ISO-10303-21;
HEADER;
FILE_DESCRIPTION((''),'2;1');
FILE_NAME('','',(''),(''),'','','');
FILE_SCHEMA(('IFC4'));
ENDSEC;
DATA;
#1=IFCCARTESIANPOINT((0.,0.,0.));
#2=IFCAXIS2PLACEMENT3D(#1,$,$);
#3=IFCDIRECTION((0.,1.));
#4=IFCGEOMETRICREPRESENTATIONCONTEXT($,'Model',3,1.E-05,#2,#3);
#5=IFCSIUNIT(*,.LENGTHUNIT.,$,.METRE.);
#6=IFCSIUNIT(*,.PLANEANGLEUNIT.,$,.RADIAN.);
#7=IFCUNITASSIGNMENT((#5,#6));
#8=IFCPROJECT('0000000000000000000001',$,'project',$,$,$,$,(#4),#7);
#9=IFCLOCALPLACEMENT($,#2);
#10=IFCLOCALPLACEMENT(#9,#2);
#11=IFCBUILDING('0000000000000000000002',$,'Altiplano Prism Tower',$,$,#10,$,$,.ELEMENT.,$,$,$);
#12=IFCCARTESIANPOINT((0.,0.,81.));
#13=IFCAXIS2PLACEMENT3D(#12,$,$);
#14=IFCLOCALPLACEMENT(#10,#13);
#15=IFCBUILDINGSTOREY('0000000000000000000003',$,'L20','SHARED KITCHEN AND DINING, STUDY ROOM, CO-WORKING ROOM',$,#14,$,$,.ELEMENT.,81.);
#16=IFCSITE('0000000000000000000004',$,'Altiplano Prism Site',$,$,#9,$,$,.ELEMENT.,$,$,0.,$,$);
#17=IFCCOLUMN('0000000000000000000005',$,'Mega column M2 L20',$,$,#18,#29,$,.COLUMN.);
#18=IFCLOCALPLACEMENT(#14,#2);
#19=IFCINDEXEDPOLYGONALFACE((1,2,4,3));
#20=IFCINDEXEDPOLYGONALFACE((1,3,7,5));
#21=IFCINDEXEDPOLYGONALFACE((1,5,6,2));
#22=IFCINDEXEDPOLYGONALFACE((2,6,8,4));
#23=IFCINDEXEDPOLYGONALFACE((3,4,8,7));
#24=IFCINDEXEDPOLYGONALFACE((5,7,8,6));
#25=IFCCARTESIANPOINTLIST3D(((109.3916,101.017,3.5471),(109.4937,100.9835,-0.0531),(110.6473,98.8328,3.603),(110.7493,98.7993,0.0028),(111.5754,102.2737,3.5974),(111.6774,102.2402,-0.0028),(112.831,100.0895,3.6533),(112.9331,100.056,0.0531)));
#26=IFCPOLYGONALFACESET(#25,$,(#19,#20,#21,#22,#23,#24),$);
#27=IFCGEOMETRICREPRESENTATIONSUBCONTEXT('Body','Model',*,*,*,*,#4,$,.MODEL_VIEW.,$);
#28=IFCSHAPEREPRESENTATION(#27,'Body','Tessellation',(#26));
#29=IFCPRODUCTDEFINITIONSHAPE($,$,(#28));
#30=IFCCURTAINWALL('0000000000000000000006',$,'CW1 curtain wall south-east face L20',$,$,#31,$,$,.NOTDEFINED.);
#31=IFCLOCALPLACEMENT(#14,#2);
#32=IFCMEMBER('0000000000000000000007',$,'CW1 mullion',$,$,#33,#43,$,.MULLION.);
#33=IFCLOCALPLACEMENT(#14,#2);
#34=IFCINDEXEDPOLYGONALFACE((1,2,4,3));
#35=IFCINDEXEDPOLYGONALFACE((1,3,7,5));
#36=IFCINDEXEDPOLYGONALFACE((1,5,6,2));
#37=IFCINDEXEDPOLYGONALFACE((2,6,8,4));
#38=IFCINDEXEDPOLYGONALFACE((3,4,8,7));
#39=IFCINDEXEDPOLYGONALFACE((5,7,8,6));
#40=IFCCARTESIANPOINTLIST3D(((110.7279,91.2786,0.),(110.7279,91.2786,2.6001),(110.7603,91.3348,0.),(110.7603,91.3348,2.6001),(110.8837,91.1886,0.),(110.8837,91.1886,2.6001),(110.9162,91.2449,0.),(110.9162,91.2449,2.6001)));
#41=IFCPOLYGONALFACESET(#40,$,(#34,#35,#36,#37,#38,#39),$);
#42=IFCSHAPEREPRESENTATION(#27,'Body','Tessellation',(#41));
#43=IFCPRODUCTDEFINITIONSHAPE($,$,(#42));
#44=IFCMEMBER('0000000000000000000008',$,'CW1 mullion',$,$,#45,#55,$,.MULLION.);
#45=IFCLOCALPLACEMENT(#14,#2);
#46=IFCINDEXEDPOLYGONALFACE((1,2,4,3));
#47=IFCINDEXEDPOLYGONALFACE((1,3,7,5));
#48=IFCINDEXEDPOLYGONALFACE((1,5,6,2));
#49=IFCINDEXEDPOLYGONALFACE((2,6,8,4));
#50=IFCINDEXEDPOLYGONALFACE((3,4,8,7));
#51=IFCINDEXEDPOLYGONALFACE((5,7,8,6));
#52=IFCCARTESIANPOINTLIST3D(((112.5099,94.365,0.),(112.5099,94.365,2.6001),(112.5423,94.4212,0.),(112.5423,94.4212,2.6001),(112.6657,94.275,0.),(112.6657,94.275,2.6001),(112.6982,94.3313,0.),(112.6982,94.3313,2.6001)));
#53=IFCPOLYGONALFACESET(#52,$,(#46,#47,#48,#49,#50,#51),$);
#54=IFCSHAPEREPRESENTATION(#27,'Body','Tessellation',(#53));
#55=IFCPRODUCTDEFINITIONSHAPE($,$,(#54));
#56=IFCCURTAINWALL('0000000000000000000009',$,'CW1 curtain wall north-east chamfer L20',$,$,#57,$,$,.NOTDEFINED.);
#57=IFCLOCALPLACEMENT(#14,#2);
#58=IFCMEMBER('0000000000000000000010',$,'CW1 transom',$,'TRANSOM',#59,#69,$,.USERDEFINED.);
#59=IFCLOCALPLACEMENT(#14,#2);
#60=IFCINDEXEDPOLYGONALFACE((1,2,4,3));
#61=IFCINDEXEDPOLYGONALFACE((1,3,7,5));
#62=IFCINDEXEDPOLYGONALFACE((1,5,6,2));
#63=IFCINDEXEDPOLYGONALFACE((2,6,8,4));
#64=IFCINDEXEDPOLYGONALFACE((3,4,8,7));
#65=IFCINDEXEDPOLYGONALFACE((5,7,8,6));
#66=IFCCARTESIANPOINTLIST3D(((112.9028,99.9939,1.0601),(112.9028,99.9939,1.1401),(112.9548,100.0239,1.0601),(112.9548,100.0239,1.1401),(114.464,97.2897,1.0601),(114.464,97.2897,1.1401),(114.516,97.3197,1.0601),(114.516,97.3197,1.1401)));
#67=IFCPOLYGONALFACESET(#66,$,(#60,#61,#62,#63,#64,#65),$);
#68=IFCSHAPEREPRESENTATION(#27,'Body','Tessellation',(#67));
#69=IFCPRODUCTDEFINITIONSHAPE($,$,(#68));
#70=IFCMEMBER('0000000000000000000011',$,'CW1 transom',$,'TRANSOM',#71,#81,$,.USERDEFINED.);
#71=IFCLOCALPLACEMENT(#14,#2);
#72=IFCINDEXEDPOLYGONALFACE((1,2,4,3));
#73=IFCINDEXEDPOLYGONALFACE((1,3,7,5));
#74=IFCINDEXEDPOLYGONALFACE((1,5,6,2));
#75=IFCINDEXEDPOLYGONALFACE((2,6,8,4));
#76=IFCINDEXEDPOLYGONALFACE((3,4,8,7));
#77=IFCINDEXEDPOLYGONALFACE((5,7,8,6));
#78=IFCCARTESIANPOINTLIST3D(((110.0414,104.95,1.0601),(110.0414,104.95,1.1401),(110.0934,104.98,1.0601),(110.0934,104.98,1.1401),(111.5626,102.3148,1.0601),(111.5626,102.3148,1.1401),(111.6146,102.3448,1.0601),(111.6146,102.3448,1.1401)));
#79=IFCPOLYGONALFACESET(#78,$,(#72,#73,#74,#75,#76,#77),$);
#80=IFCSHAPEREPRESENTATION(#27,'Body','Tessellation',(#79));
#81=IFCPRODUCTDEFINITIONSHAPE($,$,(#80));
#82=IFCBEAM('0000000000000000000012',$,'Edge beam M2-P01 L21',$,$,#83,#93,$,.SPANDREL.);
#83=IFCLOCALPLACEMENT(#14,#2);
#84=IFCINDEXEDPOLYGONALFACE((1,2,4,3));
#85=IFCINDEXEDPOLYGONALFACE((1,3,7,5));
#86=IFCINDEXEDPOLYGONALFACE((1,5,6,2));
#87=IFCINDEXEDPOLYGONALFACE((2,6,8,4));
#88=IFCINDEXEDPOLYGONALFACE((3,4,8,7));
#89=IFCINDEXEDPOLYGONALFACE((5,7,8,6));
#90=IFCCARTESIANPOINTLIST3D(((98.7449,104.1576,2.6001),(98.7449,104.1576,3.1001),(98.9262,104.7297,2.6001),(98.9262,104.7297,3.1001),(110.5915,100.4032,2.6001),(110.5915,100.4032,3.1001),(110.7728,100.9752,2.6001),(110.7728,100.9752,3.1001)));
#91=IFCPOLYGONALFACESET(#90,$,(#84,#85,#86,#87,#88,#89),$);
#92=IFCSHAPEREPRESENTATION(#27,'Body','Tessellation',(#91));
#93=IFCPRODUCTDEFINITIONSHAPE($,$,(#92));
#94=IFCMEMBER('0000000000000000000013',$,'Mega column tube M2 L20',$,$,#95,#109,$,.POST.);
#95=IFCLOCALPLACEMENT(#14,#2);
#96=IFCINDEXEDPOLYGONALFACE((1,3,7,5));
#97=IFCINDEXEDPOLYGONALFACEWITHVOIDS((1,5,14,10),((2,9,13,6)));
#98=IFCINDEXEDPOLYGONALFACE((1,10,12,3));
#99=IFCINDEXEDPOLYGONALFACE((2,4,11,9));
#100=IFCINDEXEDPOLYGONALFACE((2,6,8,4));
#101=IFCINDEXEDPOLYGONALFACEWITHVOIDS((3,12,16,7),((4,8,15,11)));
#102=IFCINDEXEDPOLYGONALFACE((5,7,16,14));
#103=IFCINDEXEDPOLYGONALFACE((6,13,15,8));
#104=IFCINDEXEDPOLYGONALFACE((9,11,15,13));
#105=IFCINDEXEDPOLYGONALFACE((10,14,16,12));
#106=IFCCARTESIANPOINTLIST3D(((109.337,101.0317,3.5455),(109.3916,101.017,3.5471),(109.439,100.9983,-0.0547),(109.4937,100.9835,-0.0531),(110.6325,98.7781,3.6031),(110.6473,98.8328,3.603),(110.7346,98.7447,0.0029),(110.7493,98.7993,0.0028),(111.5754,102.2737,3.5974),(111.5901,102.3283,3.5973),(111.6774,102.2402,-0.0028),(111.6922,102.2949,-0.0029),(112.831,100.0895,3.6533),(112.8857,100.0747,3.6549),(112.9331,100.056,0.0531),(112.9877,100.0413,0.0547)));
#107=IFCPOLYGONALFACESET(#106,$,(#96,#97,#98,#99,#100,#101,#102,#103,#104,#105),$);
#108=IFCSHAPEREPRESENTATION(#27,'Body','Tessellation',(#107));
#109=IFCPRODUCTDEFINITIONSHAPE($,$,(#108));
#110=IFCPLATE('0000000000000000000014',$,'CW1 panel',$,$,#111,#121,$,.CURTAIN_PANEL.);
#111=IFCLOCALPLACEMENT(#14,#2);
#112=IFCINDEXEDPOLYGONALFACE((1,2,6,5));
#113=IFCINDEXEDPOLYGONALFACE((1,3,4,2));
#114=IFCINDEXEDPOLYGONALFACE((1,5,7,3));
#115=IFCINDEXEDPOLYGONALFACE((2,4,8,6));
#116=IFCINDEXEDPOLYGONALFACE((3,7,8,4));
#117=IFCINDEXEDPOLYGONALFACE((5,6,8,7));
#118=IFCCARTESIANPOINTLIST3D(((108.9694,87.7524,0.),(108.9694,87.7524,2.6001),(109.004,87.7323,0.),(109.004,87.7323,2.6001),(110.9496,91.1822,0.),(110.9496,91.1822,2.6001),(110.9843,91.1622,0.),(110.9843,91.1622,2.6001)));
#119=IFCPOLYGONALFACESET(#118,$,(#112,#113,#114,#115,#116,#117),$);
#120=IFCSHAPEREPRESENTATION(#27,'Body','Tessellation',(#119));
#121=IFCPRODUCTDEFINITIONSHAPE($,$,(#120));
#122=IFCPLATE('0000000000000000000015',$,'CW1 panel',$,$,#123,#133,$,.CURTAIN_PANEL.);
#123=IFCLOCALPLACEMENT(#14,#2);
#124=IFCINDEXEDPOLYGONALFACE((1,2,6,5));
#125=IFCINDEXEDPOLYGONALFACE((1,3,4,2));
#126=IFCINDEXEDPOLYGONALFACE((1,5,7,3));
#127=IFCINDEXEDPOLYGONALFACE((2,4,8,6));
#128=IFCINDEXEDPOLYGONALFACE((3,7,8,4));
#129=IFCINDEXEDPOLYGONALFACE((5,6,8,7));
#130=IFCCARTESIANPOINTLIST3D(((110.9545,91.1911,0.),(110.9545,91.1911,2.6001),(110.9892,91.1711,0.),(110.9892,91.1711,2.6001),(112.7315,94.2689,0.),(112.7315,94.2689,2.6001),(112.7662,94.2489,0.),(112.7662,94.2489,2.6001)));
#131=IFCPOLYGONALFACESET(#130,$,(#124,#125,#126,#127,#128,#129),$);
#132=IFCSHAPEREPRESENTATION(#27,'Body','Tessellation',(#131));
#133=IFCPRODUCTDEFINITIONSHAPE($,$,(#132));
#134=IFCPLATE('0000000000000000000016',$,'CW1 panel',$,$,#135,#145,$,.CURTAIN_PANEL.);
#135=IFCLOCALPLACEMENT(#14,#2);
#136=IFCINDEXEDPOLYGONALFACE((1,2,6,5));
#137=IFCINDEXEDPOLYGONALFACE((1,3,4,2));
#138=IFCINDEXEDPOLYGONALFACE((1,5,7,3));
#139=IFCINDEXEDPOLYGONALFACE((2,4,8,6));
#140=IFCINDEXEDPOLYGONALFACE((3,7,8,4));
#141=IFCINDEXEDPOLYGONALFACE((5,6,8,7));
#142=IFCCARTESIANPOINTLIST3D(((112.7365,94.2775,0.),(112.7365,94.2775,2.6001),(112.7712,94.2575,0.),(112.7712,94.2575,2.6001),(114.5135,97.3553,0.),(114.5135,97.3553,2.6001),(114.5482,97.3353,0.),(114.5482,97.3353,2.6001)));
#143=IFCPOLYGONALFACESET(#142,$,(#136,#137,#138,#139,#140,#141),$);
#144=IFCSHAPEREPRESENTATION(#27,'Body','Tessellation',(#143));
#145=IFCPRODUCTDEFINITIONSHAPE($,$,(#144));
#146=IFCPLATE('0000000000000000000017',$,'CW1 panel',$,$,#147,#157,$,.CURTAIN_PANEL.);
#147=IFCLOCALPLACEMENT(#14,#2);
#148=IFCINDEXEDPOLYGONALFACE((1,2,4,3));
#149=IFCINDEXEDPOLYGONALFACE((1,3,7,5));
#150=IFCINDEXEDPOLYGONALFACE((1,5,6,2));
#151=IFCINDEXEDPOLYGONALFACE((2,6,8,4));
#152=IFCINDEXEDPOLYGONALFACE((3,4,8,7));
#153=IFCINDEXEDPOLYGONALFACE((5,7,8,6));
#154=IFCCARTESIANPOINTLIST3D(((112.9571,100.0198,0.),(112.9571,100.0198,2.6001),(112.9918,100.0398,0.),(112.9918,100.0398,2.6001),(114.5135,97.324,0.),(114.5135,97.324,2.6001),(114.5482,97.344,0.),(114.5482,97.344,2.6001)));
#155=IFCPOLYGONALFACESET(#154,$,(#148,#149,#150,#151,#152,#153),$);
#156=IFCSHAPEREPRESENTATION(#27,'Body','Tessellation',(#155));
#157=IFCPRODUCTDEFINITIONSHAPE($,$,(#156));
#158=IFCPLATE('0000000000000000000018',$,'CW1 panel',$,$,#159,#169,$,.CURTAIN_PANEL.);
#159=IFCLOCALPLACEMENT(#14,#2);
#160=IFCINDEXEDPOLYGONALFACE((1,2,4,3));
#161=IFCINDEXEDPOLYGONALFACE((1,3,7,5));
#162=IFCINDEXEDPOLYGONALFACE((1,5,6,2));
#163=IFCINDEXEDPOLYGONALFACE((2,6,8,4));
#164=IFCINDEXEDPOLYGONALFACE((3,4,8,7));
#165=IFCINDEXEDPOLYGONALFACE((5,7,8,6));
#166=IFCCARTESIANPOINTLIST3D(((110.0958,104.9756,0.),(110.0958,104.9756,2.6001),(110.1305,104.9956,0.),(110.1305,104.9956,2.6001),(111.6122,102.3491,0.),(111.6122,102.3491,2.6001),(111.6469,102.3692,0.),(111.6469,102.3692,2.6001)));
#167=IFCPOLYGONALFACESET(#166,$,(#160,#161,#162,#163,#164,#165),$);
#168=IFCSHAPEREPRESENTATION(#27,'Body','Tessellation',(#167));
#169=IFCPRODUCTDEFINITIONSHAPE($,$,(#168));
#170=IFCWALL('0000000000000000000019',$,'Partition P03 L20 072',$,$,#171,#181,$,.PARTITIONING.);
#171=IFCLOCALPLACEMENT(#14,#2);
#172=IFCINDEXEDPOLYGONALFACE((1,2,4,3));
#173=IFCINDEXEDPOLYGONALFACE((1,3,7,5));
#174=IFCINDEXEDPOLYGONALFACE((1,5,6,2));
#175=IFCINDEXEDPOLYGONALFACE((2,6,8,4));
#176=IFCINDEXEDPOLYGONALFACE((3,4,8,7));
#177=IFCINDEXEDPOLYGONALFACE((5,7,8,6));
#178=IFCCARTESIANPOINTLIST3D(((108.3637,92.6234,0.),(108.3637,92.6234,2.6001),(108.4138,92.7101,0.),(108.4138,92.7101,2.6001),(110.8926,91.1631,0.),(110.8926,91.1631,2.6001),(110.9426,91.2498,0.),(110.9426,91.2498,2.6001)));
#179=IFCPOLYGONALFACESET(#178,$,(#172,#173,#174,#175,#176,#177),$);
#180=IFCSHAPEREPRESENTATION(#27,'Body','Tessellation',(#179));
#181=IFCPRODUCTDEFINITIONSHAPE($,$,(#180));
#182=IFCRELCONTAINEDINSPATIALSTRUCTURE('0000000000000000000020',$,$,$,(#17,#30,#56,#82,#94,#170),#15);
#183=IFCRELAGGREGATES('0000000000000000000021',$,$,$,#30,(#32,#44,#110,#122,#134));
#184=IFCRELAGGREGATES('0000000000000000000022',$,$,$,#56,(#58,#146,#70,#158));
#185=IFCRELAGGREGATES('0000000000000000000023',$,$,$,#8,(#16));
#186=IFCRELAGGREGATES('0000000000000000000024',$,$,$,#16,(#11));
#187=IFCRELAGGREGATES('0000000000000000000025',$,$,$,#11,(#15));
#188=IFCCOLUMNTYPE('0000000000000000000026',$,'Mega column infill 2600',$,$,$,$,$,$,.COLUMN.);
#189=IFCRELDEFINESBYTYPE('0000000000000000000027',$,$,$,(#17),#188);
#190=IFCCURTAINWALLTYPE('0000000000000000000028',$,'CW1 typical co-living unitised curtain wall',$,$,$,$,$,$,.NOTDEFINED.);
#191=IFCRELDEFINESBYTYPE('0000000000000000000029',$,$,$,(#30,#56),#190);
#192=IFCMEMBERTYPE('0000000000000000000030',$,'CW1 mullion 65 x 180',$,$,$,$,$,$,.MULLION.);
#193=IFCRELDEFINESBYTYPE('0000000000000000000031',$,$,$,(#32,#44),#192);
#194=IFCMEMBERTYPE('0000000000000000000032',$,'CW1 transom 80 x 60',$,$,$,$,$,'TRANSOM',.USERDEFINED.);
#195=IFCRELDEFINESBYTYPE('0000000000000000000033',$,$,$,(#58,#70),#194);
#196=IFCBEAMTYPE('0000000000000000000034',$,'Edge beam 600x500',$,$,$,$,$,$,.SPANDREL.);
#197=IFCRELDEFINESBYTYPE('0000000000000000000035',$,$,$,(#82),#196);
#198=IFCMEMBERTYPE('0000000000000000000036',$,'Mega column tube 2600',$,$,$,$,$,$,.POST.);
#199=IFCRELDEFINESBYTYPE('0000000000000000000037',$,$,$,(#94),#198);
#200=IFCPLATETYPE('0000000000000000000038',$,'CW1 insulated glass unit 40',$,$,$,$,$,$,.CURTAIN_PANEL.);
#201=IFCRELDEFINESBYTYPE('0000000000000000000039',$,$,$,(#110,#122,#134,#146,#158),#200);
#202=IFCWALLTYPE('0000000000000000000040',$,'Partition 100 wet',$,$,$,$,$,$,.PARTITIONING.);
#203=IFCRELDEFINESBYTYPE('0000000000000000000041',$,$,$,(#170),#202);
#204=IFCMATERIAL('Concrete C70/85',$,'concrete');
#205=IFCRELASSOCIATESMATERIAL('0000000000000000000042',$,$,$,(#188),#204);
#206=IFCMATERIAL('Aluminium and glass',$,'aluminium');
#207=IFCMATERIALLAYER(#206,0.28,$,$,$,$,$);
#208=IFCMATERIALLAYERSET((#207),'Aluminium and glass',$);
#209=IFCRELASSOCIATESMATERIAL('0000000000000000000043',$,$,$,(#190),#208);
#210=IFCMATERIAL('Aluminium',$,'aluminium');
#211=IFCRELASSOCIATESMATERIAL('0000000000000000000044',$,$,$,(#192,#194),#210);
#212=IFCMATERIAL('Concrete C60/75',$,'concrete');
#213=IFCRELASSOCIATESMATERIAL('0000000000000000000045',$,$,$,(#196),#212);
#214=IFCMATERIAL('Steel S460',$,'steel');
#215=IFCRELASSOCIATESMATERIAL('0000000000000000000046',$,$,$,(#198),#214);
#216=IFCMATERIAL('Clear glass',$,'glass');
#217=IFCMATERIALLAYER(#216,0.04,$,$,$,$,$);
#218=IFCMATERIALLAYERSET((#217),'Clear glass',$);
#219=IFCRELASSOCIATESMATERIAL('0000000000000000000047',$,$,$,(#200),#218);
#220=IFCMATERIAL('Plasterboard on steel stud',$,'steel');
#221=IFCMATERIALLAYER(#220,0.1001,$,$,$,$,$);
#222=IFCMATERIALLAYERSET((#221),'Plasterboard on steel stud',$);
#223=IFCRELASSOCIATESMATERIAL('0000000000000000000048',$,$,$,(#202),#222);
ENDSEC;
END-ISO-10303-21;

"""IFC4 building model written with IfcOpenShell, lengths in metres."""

from ifc_helpers import new_model, si_unit, direction, frame, frame_2d, origin, origin_2d, place, context, subcontext, project, spatial, rectangle, hollow_rectangle, extrude, material, layer, layer_set, material_profile, profile_set, type_object, element, aggregate, save


model = new_model("IFC4")

# Units and contexts
model_context = context("Model", 3, precision=1e-05, world=origin(), true_north=direction((0.0, 1.0)))
body_context = subcontext(model_context, "Body", "Model", "MODEL_VIEW")
ifc_project = project(units=[si_unit("LENGTHUNIT", "METRE"), si_unit("PLANEANGLEUNIT", "RADIAN")], contexts=[model_context])

# Site, building, storey
site_placement = place(None, origin())
site = spatial("IfcSite", under=ifc_project, at=site_placement, Name="Altiplano Prism Site", CompositionType="ELEMENT", RefElevation=0.0)
building_placement = place(site_placement, origin())
building = spatial("IfcBuilding", under=site, at=building_placement, Name="Altiplano Prism Tower", CompositionType="ELEMENT")
storey_placement = place(building_placement, frame((0.0, 0.0, 81.0)))
storey = spatial("IfcBuildingStorey", under=building, at=storey_placement, Name="L20", Description="SHARED KITCHEN AND DINING, STUDY ROOM, CO-WORKING ROOM", CompositionType="ELEMENT", Elevation=81.0)

# Column
ifc_material_1 = material(Name="Concrete C70/85", Category="concrete")
ifc_material_profile_1 = material_profile(ifc_material_1, rectangle(XDim=2.52, YDim=2.52, at=origin_2d()), Name="Mega column infill 2600")
ifc_profile_set_1 = profile_set([ifc_material_profile_1], Name="Concrete C70/85")
column_type = type_object("IfcColumnType", Name="Mega column infill 2600", PredefinedType="COLUMN", material=ifc_profile_set_1)
column_placement = place(storey_placement, frame((111.2134, 100.5198, 0.0), z_axis=(-0.028334, 0.009287, 0.999555), x_axis=(0.498275, -0.866735, 0.022177)))
element("IfcColumn", 1, at=column_placement, inside=storey, type_object=column_type, Name="Mega column M2 L20", PredefinedType="COLUMN", context=body_context, shape_type="SweptSolid", body=[
    extrude(rectangle(XDim=2.52, YDim=2.52, at=origin_2d()), origin(), (0.0, 0.0, 1.0), 3.6018),
])

# Curtain walls, members
ifc_material_2 = material(Name="Aluminium and glass", Category="aluminium")
ifc_layer_1 = layer(ifc_material_2, 0.28)
ifc_layer_set_1 = layer_set([ifc_layer_1], Name="Aluminium and glass")
curtain_wall_type = type_object("IfcCurtainWallType", Name="CW1 typical co-living unitised curtain wall", PredefinedType="NOTDEFINED", material=ifc_layer_set_1)
curtain_wall_1_placement = place(storey_placement, origin())
curtain_wall_1 = element("IfcCurtainWall", 2, at=curtain_wall_1_placement, inside=storey, type_object=curtain_wall_type, Name="CW1 curtain wall south-east face L20", PredefinedType="NOTDEFINED")
ifc_material_3 = material(Name="Aluminium", Category="aluminium")
ifc_material_profile_2 = material_profile(ifc_material_3, rectangle(XDim=0.1799, YDim=0.0649, at=origin_2d()), Name="CW1 mullion 65 x 180")
ifc_profile_set_2 = profile_set([ifc_material_profile_2], Name="Aluminium")
member_type_1 = type_object("IfcMemberType", Name="CW1 mullion 65 x 180", PredefinedType="MULLION", material=ifc_profile_set_2)
member_1_placement = place(storey_placement, frame((110.822, 91.2617, 0.0), z_axis=(0.0, 0.0, 1.0), x_axis=(-0.866025, 0.5, 0.0)))
member_1 = element("IfcMember", 3, at=member_1_placement, type_object=member_type_1, Name="CW1 mullion", PredefinedType="MULLION", context=body_context, shape_type="SweptSolid", body=[
    extrude(rectangle(XDim=0.1799, YDim=0.0649, at=origin_2d()), origin(), (0.0, 0.0, 1.0), 2.6001),
])
member_2_placement = place(storey_placement, frame((112.604, 94.3481, 0.0), z_axis=(0.0, 0.0, 1.0), x_axis=(-0.866025, 0.5, 0.0)))
member_2 = element("IfcMember", 4, at=member_2_placement, type_object=member_type_1, Name="CW1 mullion", PredefinedType="MULLION", context=body_context, shape_type="SweptSolid", body=[
    extrude(rectangle(XDim=0.1799, YDim=0.0649, at=origin_2d()), origin(), (0.0, 0.0, 1.0), 2.6001),
])
curtain_wall_2_placement = place(storey_placement, origin())
curtain_wall_2 = element("IfcCurtainWall", 5, at=curtain_wall_2_placement, inside=storey, type_object=curtain_wall_type, Name="CW1 curtain wall north-east chamfer L20", PredefinedType="NOTDEFINED")
ifc_material_profile_3 = material_profile(ifc_material_3, rectangle(XDim=0.0601, YDim=0.0801, at=origin_2d()), Name="CW1 transom 80 x 60")
ifc_profile_set_3 = profile_set([ifc_material_profile_3], Name="Aluminium")
member_type_2 = type_object("IfcMemberType", Name="CW1 transom 80 x 60", ElementType="TRANSOM", PredefinedType="USERDEFINED", material=ifc_profile_set_3)
member_3_placement = place(storey_placement, frame((114.49, 97.3047, 1.1001), z_axis=(-0.499982, 0.866036, 0.0), x_axis=(-0.866036, -0.499982, 0.0)))
member_3 = element("IfcMember", 6, at=member_3_placement, type_object=member_type_2, Name="CW1 transom", ObjectType="TRANSOM", PredefinedType="USERDEFINED", context=body_context, shape_type="SweptSolid", body=[
    extrude(rectangle(XDim=0.0601, YDim=0.0801, at=origin_2d()), origin(), (0.0, 0.0, 1.0), 3.1226),
])
member_4_placement = place(storey_placement, frame((111.5886, 102.3298, 1.1001), z_axis=(-0.499945, 0.866057, 0.0), x_axis=(-0.866057, -0.499945, 0.0)))
member_4 = element("IfcMember", 7, at=member_4_placement, type_object=member_type_2, Name="CW1 transom", ObjectType="TRANSOM", PredefinedType="USERDEFINED", context=body_context, shape_type="SweptSolid", body=[
    extrude(rectangle(XDim=0.0601, YDim=0.0801, at=origin_2d()), origin(), (0.0, 0.0, 1.0), 3.0427),
])

# Beam
ifc_material_4 = material(Name="Concrete C60/75", Category="concrete")
ifc_material_profile_4 = material_profile(ifc_material_4, rectangle(XDim=0.6001, YDim=0.5, at=origin_2d()), Name="Edge beam 600x500")
ifc_profile_set_4 = profile_set([ifc_material_profile_4], Name="Concrete C60/75")
beam_type = type_object("IfcBeamType", Name="Edge beam 600x500", PredefinedType="SPANDREL", material=ifc_profile_set_4)
beam_placement = place(storey_placement, frame((110.6821, 100.6892, 2.8501), z_axis=(-0.953272, 0.302113, 0.0), x_axis=(-0.302113, -0.953272, 0.0)))
element("IfcBeam", 8, at=beam_placement, inside=storey, type_object=beam_type, Name="Edge beam M2-P01 L21", PredefinedType="SPANDREL", context=body_context, shape_type="SweptSolid", body=[
    extrude(rectangle(XDim=0.6001, YDim=0.5, at=origin_2d()), origin(), (0.0, 0.0, 1.0), 12.4272),
])

# Member
ifc_material_5 = material(Name="Steel S460", Category="steel")
ifc_material_profile_5 = material_profile(ifc_material_5, hollow_rectangle(XDim=2.6001, YDim=2.6001, WallThickness=0.04, at=origin_2d()), Name="Mega column tube 2600")
ifc_profile_set_5 = profile_set([ifc_material_profile_5], Name="Steel S460")
member_type_3 = type_object("IfcMemberType", Name="Mega column tube 2600", PredefinedType="POST", material=ifc_profile_set_5)
member_5_placement = place(storey_placement, frame((111.2134, 100.5198, 0.0), z_axis=(-0.028334, 0.009287, 0.999555), x_axis=(0.498275, -0.866735, 0.022177)))
element("IfcMember", 9, at=member_5_placement, inside=storey, type_object=member_type_3, Name="Mega column tube M2 L20", PredefinedType="POST", context=body_context, shape_type="SweptSolid", body=[
    extrude(hollow_rectangle(XDim=2.6001, YDim=2.6001, WallThickness=0.04, at=origin_2d()), origin(), (0.0, 0.0, 1.0), 3.6018),
])

# Plates
ifc_material_6 = material(Name="Clear glass", Category="glass")
ifc_layer_2 = layer(ifc_material_6, 0.04)
ifc_layer_set_2 = layer_set([ifc_layer_2], Name="Clear glass")
plate_type = type_object("IfcPlateType", Name="CW1 insulated glass unit 40", PredefinedType="CURTAIN_PANEL", material=ifc_layer_set_2)
plate_1_placement = place(storey_placement, frame((109.9768, 89.4573, 0.0), z_axis=(0.0, 0.0, 1.0), x_axis=(0.5, 0.866025, 0.0)))
plate_1 = element("IfcPlate", 10, at=plate_1_placement, type_object=plate_type, Name="CW1 panel", PredefinedType="CURTAIN_PANEL", context=body_context, shape_type="SweptSolid", body=[
    extrude(rectangle(XDim=3.9604, YDim=0.04, at=origin_2d()), origin(), (0.0, 0.0, 1.0), 2.6001),
])
plate_2_placement = place(storey_placement, frame((111.8604, 92.72, 0.0), z_axis=(0.0, 0.0, 1.0), x_axis=(0.5, 0.866025, 0.0)))
plate_2 = element("IfcPlate", 11, at=plate_2_placement, type_object=plate_type, Name="CW1 panel", PredefinedType="CURTAIN_PANEL", context=body_context, shape_type="SweptSolid", body=[
    extrude(rectangle(XDim=3.554, YDim=0.04, at=origin_2d()), origin(), (0.0, 0.0, 1.0), 2.6001),
])
plate_3_placement = place(storey_placement, frame((113.6423, 95.8064, 0.0), z_axis=(0.0, 0.0, 1.0), x_axis=(0.5, 0.866025, 0.0)))
plate_3 = element("IfcPlate", 12, at=plate_3_placement, type_object=plate_type, Name="CW1 panel", PredefinedType="CURTAIN_PANEL", context=body_context, shape_type="SweptSolid", body=[
    extrude(rectangle(XDim=3.554, YDim=0.04, at=origin_2d()), origin(), (0.0, 0.0, 1.0), 2.6001),
])
aggregate(curtain_wall_1, [member_1, member_2, plate_1, plate_2, plate_3])
plate_4_placement = place(storey_placement, frame((113.7527, 98.6819, 0.0), z_axis=(0.0, 0.0, 1.0), x_axis=(-0.5, 0.866025, 0.0)))
plate_4 = element("IfcPlate", 13, at=plate_4_placement, type_object=plate_type, Name="CW1 panel", PredefinedType="CURTAIN_PANEL", context=body_context, shape_type="SweptSolid", body=[
    extrude(rectangle(XDim=3.1128, YDim=0.04, at=origin_2d()), origin(), (0.0, 0.0, 1.0), 2.6001),
])
plate_5_placement = place(storey_placement, frame((110.8713, 103.6724, 0.0), z_axis=(0.0, 0.0, 1.0), x_axis=(-0.5, 0.866025, 0.0)))
plate_5 = element("IfcPlate", 14, at=plate_5_placement, type_object=plate_type, Name="CW1 panel", PredefinedType="CURTAIN_PANEL", context=body_context, shape_type="SweptSolid", body=[
    extrude(rectangle(XDim=3.0327, YDim=0.04, at=origin_2d()), origin(), (0.0, 0.0, 1.0), 2.6001),
])
aggregate(curtain_wall_2, [member_3, plate_4, member_4, plate_5])

# Wall
ifc_material_7 = material(Name="Plasterboard on steel stud", Category="steel")
ifc_layer_3 = layer(ifc_material_7, 0.1001)
ifc_layer_set_3 = layer_set([ifc_layer_3], Name="Plasterboard on steel stud")
wall_type_1 = type_object("IfcWallType", Name="Partition 100 wet", PredefinedType="PARTITIONING", material=ifc_layer_set_3)
wall_1_placement = place(storey_placement, frame((110.9175, 91.2065, 0.0), z_axis=(0.0, 0.0, 1.0), x_axis=(-0.865996, 0.500051, 0.0)))
element("IfcWall", 15, at=wall_1_placement, inside=storey, type_object=wall_type_1, Name="Partition P03 L20 072", PredefinedType="PARTITIONING", context=body_context, shape_type="SweptSolid", body=[
    extrude(rectangle(XDim=2.9202, YDim=0.1001, at=frame_2d((1.46, 0.0))), origin(), (0.0, 0.0, 1.0), 2.6001),
])

save(model, "model.ifc")
